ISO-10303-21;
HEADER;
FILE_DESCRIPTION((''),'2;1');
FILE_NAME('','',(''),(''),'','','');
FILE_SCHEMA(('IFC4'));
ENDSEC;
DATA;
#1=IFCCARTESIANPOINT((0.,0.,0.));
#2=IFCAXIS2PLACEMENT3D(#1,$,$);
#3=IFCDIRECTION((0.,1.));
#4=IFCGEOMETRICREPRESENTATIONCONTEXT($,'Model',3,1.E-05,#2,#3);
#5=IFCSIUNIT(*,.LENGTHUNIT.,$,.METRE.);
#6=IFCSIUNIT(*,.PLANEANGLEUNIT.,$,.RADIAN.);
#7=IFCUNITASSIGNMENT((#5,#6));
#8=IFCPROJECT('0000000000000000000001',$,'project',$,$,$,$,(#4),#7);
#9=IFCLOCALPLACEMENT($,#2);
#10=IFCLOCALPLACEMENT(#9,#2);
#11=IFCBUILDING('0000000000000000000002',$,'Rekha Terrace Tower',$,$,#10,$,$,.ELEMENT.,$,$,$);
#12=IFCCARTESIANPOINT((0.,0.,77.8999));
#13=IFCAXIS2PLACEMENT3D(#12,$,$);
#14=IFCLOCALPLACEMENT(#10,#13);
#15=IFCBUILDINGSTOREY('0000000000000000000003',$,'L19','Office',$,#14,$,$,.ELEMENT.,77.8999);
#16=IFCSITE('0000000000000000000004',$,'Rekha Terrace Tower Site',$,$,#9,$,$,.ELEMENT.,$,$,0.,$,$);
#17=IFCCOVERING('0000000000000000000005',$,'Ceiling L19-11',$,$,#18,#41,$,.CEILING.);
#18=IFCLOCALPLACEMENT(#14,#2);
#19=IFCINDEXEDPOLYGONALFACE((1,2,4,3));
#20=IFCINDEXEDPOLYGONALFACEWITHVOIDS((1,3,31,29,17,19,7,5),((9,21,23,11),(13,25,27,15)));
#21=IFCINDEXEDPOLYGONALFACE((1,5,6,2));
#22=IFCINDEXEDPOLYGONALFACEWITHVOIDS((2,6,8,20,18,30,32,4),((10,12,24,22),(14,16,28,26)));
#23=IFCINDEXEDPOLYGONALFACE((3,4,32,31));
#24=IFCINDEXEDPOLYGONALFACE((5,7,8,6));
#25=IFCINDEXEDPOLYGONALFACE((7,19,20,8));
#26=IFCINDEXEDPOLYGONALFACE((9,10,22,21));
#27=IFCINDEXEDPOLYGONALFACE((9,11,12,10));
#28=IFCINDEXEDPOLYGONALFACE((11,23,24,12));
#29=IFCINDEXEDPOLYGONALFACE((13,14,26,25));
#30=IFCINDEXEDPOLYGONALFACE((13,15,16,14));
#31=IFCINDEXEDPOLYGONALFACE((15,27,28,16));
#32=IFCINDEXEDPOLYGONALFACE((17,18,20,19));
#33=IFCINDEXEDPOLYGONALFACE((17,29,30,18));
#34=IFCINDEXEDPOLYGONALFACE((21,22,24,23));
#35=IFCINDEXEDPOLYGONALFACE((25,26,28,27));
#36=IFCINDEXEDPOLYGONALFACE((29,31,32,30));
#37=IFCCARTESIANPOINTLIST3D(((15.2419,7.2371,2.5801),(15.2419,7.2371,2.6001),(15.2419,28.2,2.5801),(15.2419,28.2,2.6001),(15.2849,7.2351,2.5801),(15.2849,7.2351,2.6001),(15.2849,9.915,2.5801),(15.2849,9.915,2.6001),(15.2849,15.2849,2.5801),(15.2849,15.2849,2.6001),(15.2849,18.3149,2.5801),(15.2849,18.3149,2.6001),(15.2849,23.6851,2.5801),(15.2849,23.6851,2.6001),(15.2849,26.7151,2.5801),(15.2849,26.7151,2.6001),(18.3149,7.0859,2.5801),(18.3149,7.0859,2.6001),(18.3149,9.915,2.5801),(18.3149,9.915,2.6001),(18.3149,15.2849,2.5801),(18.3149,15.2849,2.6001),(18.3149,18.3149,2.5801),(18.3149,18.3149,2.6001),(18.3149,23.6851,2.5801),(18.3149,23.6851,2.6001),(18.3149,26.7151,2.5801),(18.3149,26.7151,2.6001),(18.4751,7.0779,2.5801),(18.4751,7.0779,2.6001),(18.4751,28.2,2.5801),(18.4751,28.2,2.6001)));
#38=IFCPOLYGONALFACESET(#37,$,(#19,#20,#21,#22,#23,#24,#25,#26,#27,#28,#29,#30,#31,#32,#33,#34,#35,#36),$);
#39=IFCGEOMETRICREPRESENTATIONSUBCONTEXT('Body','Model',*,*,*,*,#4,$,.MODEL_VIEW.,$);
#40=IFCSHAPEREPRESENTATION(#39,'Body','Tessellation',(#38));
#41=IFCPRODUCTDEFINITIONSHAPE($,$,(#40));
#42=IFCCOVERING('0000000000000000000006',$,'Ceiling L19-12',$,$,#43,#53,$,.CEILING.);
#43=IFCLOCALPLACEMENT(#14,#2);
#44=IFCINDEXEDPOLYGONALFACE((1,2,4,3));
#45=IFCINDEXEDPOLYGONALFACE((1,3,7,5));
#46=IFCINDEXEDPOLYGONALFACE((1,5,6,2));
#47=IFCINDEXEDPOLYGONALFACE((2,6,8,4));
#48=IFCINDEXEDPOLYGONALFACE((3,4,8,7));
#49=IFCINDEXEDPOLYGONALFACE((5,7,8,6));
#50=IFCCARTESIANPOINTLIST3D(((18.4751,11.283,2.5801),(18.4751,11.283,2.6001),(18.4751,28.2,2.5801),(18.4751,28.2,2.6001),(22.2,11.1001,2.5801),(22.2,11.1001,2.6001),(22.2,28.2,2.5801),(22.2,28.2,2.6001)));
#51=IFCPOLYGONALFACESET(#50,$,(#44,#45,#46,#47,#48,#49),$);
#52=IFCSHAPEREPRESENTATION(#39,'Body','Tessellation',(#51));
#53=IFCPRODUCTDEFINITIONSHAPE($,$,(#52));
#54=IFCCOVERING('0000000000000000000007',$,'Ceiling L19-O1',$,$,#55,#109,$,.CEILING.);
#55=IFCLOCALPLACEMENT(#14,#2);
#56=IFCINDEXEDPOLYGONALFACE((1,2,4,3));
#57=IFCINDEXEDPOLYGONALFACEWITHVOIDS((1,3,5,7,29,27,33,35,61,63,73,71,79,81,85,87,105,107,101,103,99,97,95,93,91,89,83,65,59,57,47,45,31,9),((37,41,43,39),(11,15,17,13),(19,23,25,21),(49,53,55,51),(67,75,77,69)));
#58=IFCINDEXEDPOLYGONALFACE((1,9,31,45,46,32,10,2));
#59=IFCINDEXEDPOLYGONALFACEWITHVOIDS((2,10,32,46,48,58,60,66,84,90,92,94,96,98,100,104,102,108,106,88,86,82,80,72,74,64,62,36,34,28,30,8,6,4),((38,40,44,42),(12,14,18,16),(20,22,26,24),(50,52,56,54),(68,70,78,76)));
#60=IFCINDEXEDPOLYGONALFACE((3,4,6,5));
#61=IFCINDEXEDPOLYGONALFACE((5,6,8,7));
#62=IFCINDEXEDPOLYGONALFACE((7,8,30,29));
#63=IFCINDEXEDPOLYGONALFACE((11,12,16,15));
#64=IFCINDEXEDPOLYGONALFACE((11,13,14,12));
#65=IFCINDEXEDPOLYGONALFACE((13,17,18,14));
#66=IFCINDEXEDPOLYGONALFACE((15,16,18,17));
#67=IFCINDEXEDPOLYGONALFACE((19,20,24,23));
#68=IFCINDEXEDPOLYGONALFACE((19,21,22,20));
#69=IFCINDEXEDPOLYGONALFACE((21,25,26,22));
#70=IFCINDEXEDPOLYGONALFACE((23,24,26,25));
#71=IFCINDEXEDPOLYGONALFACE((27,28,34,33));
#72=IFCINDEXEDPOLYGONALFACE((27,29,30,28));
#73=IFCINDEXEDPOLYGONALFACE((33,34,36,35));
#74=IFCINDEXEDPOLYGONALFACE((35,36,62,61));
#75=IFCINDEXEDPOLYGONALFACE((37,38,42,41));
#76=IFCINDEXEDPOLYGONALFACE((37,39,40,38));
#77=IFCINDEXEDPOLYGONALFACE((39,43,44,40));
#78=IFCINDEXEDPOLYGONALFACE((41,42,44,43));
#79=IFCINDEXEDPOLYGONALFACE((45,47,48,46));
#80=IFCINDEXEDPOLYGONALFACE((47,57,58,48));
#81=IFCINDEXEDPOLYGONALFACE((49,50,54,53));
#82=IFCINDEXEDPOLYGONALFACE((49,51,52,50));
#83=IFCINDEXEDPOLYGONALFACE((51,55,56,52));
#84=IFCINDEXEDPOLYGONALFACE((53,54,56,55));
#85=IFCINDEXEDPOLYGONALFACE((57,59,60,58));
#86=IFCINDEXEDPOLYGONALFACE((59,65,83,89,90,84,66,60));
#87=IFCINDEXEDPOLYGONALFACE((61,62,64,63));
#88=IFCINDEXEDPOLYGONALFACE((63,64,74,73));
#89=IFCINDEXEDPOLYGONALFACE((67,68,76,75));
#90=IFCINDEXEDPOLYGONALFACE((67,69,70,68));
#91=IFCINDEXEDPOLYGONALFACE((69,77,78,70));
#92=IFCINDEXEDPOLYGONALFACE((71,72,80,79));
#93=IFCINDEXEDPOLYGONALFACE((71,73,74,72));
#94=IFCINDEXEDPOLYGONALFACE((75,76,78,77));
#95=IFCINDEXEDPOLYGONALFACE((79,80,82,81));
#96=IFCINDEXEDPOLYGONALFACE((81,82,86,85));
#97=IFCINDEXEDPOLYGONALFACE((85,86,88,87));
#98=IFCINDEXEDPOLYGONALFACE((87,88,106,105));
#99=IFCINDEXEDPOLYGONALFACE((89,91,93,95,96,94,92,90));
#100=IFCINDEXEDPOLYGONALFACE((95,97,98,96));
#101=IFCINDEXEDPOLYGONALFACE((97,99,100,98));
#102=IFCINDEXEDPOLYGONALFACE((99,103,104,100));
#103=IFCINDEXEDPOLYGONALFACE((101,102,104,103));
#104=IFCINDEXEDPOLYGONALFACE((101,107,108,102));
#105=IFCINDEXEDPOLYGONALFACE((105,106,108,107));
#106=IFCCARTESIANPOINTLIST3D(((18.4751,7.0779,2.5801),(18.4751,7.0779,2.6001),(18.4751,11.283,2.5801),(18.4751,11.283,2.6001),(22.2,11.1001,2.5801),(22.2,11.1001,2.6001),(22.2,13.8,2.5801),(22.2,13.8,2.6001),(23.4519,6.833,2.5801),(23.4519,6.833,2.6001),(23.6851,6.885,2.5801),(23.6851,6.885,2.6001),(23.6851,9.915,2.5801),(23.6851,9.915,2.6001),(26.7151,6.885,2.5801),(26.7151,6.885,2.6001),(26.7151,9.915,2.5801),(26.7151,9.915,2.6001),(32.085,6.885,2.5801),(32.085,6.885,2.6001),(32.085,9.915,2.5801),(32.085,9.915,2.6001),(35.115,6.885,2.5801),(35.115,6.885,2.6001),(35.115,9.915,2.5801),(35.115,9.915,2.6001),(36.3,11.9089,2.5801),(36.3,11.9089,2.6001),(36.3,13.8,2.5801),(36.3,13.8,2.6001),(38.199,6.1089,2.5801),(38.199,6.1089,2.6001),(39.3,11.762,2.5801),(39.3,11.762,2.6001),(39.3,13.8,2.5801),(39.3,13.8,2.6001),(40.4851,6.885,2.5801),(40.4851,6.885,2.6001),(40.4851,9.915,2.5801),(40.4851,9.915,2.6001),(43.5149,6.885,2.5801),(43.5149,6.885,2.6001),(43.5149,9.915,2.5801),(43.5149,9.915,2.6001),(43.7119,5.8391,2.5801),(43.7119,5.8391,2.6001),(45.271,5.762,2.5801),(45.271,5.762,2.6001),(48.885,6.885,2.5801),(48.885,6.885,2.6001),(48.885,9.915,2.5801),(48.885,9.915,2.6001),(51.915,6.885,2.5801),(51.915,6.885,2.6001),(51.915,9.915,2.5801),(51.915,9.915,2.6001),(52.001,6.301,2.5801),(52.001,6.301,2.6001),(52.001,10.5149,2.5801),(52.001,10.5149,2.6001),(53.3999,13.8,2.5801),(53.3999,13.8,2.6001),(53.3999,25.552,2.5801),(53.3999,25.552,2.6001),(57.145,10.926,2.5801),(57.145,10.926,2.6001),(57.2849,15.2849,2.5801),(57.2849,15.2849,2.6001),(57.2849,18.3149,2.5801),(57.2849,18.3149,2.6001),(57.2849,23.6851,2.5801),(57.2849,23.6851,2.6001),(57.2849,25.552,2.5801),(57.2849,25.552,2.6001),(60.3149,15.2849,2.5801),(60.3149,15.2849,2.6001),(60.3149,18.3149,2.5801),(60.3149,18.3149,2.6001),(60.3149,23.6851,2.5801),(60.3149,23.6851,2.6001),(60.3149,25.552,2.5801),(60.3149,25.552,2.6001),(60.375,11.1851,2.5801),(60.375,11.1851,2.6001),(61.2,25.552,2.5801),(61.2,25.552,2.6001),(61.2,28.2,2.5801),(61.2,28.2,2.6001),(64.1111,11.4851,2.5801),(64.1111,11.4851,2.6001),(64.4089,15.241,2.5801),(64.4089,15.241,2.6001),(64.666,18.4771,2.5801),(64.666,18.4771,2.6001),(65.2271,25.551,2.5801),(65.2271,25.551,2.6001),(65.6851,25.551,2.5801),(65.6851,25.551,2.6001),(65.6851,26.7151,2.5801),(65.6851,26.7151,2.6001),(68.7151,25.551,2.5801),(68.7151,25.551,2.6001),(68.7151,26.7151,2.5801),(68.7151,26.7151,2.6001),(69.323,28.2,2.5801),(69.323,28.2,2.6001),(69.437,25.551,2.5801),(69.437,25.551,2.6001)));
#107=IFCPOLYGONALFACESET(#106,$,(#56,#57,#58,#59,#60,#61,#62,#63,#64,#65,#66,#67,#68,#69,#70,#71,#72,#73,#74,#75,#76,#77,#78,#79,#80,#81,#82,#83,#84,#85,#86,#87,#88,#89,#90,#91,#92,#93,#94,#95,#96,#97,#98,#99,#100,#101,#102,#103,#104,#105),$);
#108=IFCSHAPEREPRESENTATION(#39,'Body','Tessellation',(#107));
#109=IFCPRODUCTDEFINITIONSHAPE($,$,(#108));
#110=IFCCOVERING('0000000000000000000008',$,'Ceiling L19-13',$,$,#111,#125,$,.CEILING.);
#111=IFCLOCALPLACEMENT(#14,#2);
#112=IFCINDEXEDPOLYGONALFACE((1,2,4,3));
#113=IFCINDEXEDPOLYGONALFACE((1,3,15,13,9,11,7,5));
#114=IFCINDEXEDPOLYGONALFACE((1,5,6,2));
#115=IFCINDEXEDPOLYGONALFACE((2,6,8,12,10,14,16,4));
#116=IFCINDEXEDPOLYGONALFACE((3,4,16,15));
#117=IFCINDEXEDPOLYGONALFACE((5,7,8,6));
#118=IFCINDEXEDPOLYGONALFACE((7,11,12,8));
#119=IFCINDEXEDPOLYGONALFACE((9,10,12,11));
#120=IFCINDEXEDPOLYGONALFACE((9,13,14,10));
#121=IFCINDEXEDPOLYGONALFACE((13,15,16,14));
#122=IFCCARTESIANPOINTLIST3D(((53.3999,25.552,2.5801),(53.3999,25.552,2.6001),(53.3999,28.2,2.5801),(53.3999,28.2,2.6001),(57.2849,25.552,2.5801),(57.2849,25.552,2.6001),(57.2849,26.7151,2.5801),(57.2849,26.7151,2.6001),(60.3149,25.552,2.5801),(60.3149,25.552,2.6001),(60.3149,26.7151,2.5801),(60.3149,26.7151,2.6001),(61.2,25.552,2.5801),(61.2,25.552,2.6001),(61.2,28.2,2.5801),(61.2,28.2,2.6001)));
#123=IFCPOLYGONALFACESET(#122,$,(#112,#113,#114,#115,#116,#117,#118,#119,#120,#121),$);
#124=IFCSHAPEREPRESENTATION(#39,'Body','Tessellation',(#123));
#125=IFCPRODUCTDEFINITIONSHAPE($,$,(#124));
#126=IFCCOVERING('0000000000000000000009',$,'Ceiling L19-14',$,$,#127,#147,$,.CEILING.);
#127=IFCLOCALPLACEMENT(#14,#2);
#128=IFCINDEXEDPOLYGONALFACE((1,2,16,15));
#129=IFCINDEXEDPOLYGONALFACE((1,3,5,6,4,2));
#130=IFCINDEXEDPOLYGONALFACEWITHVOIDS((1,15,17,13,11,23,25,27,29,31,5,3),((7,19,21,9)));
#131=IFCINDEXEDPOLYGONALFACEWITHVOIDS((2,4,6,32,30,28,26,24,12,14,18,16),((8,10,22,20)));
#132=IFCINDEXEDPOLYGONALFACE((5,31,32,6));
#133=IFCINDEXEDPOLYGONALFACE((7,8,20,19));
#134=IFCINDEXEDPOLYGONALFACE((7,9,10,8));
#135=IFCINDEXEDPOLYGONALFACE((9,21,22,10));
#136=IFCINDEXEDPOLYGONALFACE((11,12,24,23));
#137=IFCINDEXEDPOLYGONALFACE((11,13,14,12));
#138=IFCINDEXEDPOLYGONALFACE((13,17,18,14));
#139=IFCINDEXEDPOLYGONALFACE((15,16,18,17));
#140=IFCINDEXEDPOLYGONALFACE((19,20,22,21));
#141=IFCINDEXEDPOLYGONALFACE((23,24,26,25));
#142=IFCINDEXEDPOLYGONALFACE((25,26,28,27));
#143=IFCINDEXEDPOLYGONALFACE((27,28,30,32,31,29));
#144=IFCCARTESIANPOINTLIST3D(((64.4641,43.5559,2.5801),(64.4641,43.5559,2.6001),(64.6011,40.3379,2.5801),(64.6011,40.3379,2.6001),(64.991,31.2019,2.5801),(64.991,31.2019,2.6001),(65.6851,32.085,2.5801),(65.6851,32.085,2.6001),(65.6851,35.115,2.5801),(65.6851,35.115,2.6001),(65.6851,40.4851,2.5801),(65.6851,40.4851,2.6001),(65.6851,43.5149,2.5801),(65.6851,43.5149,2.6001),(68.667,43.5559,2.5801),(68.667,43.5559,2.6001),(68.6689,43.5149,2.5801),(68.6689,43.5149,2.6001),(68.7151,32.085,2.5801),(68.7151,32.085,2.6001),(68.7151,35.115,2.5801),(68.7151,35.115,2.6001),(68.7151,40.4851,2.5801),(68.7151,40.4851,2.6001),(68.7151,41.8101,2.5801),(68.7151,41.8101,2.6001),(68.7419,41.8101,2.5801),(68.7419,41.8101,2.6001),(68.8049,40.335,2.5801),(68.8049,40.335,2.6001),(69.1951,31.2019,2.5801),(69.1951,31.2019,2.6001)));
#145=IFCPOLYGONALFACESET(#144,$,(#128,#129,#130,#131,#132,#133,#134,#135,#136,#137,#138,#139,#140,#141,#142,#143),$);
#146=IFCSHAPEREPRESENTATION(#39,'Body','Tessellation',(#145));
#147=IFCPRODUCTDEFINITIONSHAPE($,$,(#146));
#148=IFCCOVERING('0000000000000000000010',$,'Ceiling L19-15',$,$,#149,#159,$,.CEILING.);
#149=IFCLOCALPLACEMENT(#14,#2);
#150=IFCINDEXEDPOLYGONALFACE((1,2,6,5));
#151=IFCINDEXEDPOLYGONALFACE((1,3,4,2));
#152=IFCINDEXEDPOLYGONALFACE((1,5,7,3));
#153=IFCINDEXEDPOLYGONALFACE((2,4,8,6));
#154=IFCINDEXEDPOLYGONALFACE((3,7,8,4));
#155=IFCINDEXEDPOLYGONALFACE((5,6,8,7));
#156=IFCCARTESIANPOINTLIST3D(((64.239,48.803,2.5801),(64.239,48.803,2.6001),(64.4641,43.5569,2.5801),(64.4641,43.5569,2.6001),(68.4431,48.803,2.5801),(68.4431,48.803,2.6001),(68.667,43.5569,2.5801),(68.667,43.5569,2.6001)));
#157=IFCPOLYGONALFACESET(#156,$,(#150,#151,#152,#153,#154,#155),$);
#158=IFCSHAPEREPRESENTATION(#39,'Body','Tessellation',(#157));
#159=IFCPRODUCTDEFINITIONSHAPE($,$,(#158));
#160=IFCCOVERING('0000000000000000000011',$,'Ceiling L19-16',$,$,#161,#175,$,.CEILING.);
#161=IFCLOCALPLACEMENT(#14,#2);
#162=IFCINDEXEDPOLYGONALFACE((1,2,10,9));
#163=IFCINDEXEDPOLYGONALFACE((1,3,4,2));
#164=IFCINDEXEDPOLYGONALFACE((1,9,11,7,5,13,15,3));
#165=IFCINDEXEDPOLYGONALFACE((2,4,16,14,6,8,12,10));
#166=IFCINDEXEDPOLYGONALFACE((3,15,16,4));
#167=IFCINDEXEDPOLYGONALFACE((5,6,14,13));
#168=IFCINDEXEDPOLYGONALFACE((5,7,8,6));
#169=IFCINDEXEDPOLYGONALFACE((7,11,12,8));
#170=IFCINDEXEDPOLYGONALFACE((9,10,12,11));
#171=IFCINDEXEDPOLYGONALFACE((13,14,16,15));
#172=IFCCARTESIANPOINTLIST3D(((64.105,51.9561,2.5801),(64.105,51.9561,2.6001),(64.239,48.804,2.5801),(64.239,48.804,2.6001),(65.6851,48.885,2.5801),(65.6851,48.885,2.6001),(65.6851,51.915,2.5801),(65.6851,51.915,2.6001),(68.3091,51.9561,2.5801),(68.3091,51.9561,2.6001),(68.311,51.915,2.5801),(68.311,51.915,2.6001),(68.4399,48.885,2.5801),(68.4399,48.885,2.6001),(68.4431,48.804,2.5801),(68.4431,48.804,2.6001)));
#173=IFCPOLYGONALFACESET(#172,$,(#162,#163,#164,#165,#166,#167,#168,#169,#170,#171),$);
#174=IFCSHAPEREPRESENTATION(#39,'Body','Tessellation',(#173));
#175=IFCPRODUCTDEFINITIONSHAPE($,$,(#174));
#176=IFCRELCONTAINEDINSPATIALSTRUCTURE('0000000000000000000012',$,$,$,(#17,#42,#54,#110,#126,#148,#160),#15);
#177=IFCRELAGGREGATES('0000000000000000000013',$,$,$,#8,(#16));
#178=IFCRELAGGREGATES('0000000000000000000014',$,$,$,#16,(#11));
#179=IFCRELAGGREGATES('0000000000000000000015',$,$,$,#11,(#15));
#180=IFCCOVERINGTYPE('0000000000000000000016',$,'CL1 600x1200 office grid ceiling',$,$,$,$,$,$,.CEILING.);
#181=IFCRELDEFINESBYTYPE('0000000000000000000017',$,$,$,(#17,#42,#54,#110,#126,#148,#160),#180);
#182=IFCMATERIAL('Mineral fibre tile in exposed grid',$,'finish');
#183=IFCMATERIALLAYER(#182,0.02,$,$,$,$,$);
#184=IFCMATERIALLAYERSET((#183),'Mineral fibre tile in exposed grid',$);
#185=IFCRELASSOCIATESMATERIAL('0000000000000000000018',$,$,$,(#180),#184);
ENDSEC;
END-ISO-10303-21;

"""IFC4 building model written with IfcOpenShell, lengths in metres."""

from ifc_helpers import new_model, si_unit, direction, frame, origin, place, context, subcontext, project, spatial, polyline, outline, extrude, material, layer, layer_set, type_object, element, save


model = new_model("IFC4")

# Units and contexts
model_context = context("Model", 3, precision=1e-05, world=origin(), true_north=direction((0.0, 1.0)))
body_context = subcontext(model_context, "Body", "Model", "MODEL_VIEW")
ifc_project = project(units=[si_unit("LENGTHUNIT", "METRE"), si_unit("PLANEANGLEUNIT", "RADIAN")], contexts=[model_context])

# Site, building, storey
site_placement = place(None, origin())
site = spatial("IfcSite", under=ifc_project, at=site_placement, Name="Rekha Terrace Tower Site", CompositionType="ELEMENT", RefElevation=0.0)
building_placement = place(site_placement, origin())
building = spatial("IfcBuilding", under=site, at=building_placement, Name="Rekha Terrace Tower", CompositionType="ELEMENT")
storey_placement = place(building_placement, frame((0.0, 0.0, 77.8999)))
storey = spatial("IfcBuildingStorey", under=building, at=storey_placement, Name="L19", Description="Office", CompositionType="ELEMENT", Elevation=77.8999)

# Coverings
ifc_material_1 = material(Name="Mineral fibre tile in exposed grid", Category="finish")
ifc_layer_1 = layer(ifc_material_1, 0.02)
ifc_layer_set_1 = layer_set([ifc_layer_1], Name="Mineral fibre tile in exposed grid")
covering_type_1 = type_object("IfcCoveringType", Name="CL1 600x1200 office grid ceiling", PredefinedType="CEILING", material=ifc_layer_set_1)
covering_1_placement = place(storey_placement, frame((0.0, 0.0, 2.5801)))
element("IfcCovering", 1, at=covering_1_placement, inside=storey, type_object=covering_type_1, Name="Ceiling L19-11", PredefinedType="CEILING", context=body_context, shape_type="SweptSolid", body=[
    extrude(outline(polyline([(18.4751, 28.2), (15.2419, 28.2), (15.2419, 7.2371), (15.2849, 7.2351), (15.2849, 9.915), (18.3149, 9.915), (18.3149, 7.0859), (18.4751, 7.0779), (18.4751, 28.2)]), holes=[polyline([(18.3149, 15.2849), (15.2849, 15.2849), (15.2849, 18.3149), (18.3149, 18.3149), (18.3149, 15.2849)]), polyline([(18.3149, 23.6851), (15.2849, 23.6851), (15.2849, 26.7151), (18.3149, 26.7151), (18.3149, 23.6851)])]), origin(), (0.0, 0.0, 1.0), 0.02),
])
covering_2_placement = place(storey_placement, frame((0.0, 0.0, 2.5801)))
element("IfcCovering", 2, at=covering_2_placement, inside=storey, type_object=covering_type_1, Name="Ceiling L19-12", PredefinedType="CEILING", context=body_context, shape_type="SweptSolid", body=[
    extrude(outline(polyline([(22.2, 11.1001), (22.2, 28.2), (18.4751, 28.2), (18.4751, 11.283), (22.2, 11.1001)])), origin(), (0.0, 0.0, 1.0), 0.02),
])
covering_3_placement = place(storey_placement, frame((0.0, 0.0, 2.5801)))
element("IfcCovering", 3, at=covering_3_placement, inside=storey, type_object=covering_type_1, Name="Ceiling L19-O1", PredefinedType="CEILING", context=body_context, shape_type="SweptSolid", body=[
    extrude(outline(polyline([(36.3, 13.8), (22.2, 13.8), (22.2, 11.1001), (18.4751, 11.283), (18.4751, 7.0779), (23.4519, 6.833), (38.199, 6.1089), (43.7119, 5.8391), (45.271, 5.762), (52.001, 6.301), (52.001, 10.5149), (57.145, 10.926), (60.375, 11.1851), (64.1111, 11.4851), (64.4089, 15.241), (64.666, 18.4771), (65.2271, 25.551), (65.6851, 25.551), (65.6851, 26.7151), (68.7151, 26.7151), (68.7151, 25.551), (69.437, 25.551), (69.323, 28.2), (61.2, 28.2), (61.2, 25.552), (60.3149, 25.552), (60.3149, 23.6851), (57.2849, 23.6851), (57.2849, 25.552), (53.3999, 25.552), (53.3999, 13.8), (39.3, 13.8), (39.3, 11.762), (36.3, 11.9089), (36.3, 13.8)]), holes=[polyline([(60.3149, 18.3149), (60.3149, 15.2849), (57.2849, 15.2849), (57.2849, 18.3149), (60.3149, 18.3149)]), polyline([(51.915, 6.885), (48.885, 6.885), (48.885, 9.915), (51.915, 9.915), (51.915, 6.885)]), polyline([(43.5149, 6.885), (40.4851, 6.885), (40.4851, 9.915), (43.5149, 9.915), (43.5149, 6.885)]), polyline([(35.115, 6.885), (32.085, 6.885), (32.085, 9.915), (35.115, 9.915), (35.115, 6.885)]), polyline([(26.7151, 9.915), (26.7151, 6.885), (23.6851, 6.885), (23.6851, 9.915), (26.7151, 9.915)])]), origin(), (0.0, 0.0, 1.0), 0.02),
])
covering_4_placement = place(storey_placement, frame((0.0, 0.0, 2.5801)))
element("IfcCovering", 4, at=covering_4_placement, inside=storey, type_object=covering_type_1, Name="Ceiling L19-13", PredefinedType="CEILING", context=body_context, shape_type="SweptSolid", body=[
    extrude(outline(polyline([(60.3149, 26.7151), (60.3149, 25.552), (61.2, 25.552), (61.2, 28.2), (53.3999, 28.2), (53.3999, 25.552), (57.2849, 25.552), (57.2849, 26.7151), (60.3149, 26.7151)])), origin(), (0.0, 0.0, 1.0), 0.02),
])
covering_5_placement = place(storey_placement, frame((0.0, 0.0, 2.5801)))
element("IfcCovering", 5, at=covering_5_placement, inside=storey, type_object=covering_type_1, Name="Ceiling L19-14", PredefinedType="CEILING", context=body_context, shape_type="SweptSolid", body=[
    extrude(outline(polyline([(68.6689, 43.5149), (68.667, 43.5559), (64.4641, 43.5559), (64.6011, 40.3379), (64.991, 31.2019), (69.1951, 31.2019), (68.8049, 40.335), (68.7419, 41.8101), (68.7151, 41.8101), (68.7151, 40.4851), (65.6851, 40.4851), (65.6851, 43.5149), (68.6689, 43.5149)]), holes=[polyline([(68.7151, 32.085), (65.6851, 32.085), (65.6851, 35.115), (68.7151, 35.115), (68.7151, 32.085)])]), origin(), (0.0, 0.0, 1.0), 0.02),
])
covering_6_placement = place(storey_placement, frame((0.0, 0.0, 2.5801)))
element("IfcCovering", 6, at=covering_6_placement, inside=storey, type_object=covering_type_1, Name="Ceiling L19-15", PredefinedType="CEILING", context=body_context, shape_type="SweptSolid", body=[
    extrude(outline(polyline([(68.4431, 48.803), (64.239, 48.803), (64.4641, 43.5569), (68.667, 43.5569), (68.4431, 48.803)])), origin(), (0.0, 0.0, 1.0), 0.02),
])
covering_7_placement = place(storey_placement, frame((0.0, 0.0, 2.5801)))
element("IfcCovering", 7, at=covering_7_placement, inside=storey, type_object=covering_type_1, Name="Ceiling L19-16", PredefinedType="CEILING", context=body_context, shape_type="SweptSolid", body=[
    extrude(outline(polyline([(68.3091, 51.9561), (64.105, 51.9561), (64.239, 48.804), (68.4431, 48.804), (68.4399, 48.885), (65.6851, 48.885), (65.6851, 51.915), (68.311, 51.915), (68.3091, 51.9561)])), origin(), (0.0, 0.0, 1.0), 0.02),
])

save(model, "model.ifc")
